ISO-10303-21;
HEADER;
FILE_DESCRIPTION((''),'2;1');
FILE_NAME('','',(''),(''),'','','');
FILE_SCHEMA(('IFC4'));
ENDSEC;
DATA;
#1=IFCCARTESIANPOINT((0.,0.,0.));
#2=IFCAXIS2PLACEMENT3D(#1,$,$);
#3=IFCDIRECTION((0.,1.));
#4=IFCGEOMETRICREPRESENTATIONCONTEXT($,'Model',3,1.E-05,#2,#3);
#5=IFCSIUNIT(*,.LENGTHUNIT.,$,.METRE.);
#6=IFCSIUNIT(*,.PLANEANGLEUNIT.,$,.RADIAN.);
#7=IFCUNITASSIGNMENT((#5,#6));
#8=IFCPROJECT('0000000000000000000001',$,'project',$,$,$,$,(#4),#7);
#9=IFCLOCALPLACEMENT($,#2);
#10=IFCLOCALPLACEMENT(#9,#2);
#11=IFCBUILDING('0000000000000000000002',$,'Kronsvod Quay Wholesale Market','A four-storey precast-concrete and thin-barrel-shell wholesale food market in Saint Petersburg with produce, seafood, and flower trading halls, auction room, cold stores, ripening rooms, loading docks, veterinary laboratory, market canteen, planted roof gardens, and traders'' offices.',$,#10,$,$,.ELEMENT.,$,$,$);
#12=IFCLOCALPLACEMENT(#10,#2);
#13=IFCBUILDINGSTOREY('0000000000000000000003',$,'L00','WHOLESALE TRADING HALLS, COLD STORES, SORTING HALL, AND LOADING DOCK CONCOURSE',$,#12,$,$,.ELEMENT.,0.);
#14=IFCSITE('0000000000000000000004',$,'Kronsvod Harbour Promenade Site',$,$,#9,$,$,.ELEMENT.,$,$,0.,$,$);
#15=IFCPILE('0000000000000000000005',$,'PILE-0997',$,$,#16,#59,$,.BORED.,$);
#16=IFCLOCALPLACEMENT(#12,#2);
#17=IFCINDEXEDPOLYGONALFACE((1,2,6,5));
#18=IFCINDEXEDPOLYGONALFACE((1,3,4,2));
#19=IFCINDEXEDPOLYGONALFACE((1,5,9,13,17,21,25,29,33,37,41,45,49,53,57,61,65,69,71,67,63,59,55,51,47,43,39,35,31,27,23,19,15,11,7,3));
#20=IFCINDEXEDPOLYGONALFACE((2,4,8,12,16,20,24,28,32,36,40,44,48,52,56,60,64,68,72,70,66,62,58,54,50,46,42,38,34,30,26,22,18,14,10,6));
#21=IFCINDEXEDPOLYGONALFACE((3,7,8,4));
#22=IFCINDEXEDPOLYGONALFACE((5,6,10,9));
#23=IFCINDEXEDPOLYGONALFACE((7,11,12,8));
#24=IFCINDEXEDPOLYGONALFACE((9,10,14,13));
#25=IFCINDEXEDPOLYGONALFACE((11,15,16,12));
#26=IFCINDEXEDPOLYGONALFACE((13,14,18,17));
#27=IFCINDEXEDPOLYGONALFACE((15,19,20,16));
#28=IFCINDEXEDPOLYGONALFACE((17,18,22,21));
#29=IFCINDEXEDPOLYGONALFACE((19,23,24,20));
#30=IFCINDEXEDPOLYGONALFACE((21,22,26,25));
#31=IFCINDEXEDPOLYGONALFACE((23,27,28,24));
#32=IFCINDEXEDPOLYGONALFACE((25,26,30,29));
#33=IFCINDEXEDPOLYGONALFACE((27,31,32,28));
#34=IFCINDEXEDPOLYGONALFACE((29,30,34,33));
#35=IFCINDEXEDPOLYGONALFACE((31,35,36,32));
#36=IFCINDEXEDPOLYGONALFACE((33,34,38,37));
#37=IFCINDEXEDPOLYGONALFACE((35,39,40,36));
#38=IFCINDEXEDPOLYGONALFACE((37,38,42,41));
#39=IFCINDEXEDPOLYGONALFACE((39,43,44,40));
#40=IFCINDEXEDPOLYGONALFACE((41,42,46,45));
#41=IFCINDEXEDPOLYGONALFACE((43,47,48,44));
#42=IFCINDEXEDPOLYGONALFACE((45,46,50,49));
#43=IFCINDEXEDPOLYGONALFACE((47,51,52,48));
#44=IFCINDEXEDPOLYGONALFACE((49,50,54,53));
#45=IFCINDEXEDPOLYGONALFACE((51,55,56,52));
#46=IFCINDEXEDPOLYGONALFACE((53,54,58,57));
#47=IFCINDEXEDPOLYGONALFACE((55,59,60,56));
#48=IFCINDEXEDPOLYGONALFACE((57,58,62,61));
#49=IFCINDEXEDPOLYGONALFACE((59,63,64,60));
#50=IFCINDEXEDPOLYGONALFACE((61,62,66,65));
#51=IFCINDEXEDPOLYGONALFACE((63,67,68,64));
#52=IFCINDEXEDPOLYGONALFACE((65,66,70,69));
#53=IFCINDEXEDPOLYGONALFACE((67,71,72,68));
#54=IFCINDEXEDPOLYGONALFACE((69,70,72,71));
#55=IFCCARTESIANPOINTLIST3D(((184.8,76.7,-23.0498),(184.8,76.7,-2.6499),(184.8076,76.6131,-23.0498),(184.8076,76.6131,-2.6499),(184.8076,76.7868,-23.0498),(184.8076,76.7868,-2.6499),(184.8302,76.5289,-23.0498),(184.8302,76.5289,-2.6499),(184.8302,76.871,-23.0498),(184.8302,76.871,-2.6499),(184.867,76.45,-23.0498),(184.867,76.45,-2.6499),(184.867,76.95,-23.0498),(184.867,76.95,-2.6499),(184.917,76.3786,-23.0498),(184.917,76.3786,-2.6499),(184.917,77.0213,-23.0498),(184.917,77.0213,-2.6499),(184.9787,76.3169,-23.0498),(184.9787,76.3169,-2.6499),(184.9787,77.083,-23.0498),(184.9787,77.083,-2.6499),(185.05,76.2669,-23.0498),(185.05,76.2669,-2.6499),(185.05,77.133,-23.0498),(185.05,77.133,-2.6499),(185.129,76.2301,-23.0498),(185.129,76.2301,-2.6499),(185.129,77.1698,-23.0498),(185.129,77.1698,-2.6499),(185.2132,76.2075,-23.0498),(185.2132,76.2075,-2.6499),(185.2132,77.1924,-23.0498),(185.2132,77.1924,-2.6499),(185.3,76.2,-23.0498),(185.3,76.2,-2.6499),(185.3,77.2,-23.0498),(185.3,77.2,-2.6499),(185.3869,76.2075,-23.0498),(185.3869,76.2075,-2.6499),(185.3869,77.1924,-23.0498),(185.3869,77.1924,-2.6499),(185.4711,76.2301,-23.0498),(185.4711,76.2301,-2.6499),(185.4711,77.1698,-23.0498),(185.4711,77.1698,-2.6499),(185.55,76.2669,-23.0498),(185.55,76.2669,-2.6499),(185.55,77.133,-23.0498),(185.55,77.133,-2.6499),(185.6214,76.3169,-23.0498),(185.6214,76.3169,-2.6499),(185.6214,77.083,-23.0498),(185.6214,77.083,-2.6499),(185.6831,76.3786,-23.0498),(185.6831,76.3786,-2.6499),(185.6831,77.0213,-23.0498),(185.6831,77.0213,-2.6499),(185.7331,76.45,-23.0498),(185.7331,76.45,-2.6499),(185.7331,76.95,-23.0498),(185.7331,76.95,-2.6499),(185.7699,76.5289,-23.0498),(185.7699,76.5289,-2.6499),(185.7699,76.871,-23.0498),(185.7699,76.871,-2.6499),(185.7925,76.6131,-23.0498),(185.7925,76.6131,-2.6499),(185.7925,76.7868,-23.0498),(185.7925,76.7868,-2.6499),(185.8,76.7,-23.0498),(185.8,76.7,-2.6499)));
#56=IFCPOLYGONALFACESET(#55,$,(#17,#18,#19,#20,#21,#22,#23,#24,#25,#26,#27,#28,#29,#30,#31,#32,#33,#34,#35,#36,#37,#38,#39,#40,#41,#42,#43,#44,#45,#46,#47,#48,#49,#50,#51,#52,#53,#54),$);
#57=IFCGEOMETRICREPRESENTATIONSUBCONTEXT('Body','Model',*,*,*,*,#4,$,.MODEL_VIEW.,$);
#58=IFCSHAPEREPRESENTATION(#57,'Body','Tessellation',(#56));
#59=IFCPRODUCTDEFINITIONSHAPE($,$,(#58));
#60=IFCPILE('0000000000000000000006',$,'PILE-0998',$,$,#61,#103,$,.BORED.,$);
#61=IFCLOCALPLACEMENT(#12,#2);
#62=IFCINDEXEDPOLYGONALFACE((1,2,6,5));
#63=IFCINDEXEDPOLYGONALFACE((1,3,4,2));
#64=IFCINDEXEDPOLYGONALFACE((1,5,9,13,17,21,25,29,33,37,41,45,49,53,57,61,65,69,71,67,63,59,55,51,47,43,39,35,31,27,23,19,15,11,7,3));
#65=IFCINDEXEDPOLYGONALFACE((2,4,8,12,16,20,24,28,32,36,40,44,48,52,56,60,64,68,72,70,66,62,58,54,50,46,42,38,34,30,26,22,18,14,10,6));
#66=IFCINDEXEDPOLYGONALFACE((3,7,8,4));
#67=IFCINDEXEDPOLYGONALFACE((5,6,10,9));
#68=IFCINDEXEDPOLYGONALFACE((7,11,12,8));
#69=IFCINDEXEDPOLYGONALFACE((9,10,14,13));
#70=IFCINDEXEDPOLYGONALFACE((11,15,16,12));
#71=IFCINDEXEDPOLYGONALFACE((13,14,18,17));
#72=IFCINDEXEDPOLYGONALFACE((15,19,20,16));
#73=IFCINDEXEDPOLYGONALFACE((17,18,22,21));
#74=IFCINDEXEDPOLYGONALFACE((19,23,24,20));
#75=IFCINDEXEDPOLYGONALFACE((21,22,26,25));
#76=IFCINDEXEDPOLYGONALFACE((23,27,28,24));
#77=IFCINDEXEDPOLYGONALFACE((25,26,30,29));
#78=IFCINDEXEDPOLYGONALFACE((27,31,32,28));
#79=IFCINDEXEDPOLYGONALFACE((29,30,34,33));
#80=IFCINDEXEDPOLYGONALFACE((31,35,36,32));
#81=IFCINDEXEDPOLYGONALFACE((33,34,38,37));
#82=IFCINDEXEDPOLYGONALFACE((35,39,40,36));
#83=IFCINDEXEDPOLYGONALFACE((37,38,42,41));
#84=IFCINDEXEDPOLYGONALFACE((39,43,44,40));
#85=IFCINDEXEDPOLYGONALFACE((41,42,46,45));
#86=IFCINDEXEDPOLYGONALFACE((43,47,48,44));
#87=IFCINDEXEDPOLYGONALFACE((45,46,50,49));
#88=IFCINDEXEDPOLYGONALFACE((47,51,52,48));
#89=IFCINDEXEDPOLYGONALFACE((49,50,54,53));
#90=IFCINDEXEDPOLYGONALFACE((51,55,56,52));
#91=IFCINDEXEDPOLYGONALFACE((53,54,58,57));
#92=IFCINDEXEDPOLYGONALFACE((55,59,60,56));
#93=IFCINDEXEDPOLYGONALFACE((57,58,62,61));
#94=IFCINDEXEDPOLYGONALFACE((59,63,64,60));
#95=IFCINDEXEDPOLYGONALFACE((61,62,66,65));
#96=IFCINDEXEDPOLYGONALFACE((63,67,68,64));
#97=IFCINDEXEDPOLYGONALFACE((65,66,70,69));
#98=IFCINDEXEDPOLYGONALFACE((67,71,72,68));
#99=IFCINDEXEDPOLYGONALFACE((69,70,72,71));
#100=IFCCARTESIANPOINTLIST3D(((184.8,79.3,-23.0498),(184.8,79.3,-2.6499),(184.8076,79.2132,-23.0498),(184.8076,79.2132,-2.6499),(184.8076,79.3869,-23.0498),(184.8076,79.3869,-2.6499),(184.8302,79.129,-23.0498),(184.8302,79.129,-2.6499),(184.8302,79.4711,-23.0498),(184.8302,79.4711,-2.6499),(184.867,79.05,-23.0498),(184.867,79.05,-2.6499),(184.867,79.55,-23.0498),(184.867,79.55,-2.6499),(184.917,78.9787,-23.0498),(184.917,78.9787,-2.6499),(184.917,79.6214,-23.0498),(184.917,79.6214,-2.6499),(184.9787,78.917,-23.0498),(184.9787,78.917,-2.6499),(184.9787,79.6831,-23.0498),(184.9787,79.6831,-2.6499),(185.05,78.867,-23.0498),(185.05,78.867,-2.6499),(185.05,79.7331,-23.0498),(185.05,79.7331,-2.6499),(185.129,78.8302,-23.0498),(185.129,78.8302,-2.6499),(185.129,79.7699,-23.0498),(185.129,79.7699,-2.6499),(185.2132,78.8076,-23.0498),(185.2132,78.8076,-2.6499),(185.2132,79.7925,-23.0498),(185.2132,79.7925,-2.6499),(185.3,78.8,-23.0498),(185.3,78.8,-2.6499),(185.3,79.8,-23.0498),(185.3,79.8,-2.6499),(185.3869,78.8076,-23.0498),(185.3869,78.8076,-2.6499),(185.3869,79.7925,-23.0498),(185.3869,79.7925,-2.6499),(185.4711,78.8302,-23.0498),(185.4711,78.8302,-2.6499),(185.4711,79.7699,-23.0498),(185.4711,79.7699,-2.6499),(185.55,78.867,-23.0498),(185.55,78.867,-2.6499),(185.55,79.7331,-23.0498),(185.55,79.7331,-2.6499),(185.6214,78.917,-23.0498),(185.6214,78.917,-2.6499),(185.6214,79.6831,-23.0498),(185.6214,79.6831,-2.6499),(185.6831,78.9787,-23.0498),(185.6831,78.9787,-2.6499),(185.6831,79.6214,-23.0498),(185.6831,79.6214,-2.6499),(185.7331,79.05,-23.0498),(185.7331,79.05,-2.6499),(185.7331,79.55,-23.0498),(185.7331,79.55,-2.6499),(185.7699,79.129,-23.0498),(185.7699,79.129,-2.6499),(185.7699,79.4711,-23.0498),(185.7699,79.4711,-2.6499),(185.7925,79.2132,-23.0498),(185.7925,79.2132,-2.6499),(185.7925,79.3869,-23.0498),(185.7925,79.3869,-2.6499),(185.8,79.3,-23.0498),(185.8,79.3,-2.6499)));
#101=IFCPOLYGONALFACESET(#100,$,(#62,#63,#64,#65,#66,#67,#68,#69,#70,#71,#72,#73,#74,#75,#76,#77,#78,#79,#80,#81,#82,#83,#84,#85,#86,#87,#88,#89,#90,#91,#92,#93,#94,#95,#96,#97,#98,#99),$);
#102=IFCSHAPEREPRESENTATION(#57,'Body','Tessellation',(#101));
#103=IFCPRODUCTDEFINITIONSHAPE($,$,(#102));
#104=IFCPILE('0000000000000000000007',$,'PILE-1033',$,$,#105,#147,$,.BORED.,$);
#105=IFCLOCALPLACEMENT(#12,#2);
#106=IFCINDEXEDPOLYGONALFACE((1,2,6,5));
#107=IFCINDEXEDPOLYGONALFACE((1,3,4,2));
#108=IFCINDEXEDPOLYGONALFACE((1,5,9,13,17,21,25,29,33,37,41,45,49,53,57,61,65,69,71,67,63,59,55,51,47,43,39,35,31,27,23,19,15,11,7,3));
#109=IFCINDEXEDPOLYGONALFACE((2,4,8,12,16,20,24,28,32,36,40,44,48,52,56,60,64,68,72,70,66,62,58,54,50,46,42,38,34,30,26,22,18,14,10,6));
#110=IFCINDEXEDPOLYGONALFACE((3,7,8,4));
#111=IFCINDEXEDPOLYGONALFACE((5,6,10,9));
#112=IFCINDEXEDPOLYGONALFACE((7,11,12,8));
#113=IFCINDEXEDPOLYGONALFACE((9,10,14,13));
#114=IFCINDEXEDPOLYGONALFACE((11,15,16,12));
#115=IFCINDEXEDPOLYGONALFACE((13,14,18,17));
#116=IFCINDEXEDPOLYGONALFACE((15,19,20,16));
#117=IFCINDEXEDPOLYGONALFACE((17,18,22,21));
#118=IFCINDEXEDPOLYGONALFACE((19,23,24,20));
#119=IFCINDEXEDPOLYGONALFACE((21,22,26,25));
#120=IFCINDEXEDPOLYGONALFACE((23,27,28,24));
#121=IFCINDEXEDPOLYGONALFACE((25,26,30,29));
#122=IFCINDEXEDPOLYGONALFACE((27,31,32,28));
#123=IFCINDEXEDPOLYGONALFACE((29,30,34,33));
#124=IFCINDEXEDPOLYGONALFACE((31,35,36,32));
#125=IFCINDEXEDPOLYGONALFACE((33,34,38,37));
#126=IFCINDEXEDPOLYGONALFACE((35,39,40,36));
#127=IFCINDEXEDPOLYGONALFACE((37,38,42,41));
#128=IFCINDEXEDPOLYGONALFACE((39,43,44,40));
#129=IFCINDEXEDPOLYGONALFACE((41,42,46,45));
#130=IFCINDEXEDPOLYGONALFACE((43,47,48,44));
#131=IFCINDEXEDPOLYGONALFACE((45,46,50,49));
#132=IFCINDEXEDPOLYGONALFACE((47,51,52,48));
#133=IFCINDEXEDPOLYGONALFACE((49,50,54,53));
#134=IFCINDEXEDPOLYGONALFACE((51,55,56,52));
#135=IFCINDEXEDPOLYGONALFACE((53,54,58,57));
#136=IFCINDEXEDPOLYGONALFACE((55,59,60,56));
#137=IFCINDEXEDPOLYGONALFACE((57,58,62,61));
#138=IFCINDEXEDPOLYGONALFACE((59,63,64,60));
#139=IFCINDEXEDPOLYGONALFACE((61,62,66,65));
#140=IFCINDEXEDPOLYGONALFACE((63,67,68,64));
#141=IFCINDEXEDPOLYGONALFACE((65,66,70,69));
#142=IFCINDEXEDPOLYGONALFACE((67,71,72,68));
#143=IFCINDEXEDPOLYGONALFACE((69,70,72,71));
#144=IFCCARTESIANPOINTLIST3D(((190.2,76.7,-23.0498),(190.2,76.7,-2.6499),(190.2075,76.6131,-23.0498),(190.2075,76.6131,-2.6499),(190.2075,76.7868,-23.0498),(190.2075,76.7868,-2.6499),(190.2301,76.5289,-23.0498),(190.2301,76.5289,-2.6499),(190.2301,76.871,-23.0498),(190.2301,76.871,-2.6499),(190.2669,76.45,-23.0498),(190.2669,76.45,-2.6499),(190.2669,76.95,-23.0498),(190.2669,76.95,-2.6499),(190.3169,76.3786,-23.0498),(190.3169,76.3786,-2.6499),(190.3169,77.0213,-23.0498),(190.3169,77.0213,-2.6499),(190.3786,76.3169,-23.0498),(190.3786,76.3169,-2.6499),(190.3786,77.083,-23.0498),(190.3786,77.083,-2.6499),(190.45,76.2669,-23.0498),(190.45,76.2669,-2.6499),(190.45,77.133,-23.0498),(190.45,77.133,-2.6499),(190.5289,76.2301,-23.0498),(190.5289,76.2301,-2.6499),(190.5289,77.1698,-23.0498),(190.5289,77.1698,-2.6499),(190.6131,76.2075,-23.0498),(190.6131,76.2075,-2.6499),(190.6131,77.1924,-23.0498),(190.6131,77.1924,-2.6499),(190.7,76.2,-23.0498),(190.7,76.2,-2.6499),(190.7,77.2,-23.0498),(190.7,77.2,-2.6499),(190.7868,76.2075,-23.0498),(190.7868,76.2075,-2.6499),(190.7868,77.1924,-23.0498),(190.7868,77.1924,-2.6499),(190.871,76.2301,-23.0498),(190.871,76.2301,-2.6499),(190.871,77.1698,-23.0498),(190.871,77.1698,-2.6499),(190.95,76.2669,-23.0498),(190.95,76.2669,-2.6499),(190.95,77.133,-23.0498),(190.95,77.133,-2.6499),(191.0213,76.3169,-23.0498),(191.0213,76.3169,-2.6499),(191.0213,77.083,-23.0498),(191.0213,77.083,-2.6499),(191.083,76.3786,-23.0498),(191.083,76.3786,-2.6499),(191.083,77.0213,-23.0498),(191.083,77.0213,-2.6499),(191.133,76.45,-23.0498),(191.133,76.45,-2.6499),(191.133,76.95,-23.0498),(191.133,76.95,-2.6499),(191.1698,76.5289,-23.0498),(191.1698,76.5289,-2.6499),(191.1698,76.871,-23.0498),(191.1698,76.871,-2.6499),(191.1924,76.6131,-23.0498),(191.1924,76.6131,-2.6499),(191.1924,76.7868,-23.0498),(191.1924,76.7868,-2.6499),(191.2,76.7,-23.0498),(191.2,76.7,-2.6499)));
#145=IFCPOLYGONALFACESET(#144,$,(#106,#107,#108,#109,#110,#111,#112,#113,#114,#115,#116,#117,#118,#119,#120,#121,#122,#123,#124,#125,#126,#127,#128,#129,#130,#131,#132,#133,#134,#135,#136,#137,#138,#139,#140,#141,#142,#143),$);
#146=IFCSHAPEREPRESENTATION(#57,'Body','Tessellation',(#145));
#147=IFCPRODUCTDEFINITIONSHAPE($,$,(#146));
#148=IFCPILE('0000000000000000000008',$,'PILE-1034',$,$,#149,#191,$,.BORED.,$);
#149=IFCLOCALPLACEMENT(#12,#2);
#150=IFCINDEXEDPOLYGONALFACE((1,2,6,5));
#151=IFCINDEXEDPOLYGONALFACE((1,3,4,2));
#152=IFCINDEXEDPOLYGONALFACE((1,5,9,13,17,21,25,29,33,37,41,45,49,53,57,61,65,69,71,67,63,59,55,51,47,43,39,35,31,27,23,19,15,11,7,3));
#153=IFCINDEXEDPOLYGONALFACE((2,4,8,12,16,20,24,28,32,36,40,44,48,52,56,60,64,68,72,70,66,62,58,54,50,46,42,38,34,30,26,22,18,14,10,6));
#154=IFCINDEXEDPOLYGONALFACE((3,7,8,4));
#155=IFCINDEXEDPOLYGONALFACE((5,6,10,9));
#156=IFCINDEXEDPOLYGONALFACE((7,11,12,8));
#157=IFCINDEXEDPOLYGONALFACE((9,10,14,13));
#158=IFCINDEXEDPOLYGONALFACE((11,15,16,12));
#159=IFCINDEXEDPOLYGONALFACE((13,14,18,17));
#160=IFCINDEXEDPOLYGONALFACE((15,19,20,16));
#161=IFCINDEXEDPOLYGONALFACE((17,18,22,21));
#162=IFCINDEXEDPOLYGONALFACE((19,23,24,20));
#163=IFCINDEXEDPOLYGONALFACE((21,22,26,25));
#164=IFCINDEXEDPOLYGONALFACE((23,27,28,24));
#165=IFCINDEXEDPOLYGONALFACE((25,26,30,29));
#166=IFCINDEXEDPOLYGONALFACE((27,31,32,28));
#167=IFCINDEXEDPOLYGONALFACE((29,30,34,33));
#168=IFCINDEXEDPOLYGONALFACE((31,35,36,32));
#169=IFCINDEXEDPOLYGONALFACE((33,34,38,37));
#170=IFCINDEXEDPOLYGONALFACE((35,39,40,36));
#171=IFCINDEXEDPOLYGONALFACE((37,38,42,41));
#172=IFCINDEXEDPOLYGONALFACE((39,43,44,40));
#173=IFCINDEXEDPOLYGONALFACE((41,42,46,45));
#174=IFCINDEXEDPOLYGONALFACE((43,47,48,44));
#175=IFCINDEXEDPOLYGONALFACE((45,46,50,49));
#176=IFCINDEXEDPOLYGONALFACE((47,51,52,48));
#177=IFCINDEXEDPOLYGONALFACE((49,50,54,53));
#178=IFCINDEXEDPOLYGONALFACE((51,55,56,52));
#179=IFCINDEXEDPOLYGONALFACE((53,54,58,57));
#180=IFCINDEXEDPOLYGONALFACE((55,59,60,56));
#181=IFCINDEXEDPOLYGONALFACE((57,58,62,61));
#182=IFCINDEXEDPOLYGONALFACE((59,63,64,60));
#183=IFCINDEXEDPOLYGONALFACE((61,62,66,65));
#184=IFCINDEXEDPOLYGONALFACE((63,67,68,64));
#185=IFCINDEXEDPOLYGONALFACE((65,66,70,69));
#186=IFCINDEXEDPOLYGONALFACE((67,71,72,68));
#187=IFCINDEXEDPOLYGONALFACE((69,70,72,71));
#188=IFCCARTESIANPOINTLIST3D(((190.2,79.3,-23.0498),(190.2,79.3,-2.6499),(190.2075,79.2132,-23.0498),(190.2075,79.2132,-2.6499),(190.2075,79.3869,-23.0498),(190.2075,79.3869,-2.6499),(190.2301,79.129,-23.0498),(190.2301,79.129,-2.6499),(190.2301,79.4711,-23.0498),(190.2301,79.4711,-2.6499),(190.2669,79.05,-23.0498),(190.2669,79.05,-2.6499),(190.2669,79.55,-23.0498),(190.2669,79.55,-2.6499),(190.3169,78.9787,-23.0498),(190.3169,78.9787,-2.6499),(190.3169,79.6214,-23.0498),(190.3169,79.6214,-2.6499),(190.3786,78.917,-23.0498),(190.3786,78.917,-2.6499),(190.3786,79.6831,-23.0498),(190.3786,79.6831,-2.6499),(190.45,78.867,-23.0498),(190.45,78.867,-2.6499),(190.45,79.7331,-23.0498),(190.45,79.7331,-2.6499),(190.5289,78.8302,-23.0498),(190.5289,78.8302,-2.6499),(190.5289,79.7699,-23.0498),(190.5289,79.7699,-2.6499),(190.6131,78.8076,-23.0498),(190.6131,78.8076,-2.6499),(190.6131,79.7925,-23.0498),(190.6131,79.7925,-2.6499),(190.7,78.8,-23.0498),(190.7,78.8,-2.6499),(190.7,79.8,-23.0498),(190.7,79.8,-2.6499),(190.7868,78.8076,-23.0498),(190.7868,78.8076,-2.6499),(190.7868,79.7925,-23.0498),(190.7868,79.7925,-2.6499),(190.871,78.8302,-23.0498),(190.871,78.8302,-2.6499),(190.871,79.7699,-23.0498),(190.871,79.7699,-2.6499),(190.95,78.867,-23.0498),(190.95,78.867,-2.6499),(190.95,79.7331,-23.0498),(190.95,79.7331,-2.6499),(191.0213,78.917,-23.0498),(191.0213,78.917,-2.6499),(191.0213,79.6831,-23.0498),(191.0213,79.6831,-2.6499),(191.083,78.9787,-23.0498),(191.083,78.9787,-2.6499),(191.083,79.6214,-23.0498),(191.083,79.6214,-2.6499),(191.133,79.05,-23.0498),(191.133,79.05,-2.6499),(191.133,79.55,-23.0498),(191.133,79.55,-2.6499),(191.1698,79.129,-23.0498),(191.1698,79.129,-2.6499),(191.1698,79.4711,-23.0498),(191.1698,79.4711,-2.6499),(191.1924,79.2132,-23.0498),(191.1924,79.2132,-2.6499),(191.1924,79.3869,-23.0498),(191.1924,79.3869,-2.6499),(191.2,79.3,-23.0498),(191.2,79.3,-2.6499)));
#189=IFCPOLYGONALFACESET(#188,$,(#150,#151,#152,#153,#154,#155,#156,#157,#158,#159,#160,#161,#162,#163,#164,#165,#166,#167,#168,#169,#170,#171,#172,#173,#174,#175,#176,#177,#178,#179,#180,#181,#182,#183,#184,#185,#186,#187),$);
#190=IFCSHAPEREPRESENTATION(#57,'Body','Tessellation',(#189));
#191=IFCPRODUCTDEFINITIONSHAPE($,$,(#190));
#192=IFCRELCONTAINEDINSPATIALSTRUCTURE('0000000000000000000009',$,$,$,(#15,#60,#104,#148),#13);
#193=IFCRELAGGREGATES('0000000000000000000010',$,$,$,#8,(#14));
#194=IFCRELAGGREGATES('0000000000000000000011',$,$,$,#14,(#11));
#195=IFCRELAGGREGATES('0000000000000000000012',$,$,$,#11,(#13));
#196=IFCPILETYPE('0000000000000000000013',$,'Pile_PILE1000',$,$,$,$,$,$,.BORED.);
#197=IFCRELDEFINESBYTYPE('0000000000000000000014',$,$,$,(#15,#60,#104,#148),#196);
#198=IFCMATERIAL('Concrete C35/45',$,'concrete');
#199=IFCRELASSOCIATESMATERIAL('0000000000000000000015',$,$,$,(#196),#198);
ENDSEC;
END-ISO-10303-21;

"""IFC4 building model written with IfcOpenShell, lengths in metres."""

from ifc_helpers import new_model, si_unit, direction, frame, origin, origin_2d, place, context, subcontext, project, spatial, circle, extrude, material, material_profile, profile_set, type_object, element, save


model = new_model("IFC4")

# Units and contexts
model_context = context("Model", 3, precision=1e-05, world=origin(), true_north=direction((0.0, 1.0)))
body_context = subcontext(model_context, "Body", "Model", "MODEL_VIEW")
ifc_project = project(units=[si_unit("LENGTHUNIT", "METRE"), si_unit("PLANEANGLEUNIT", "RADIAN")], contexts=[model_context])

# Site, building, storey
site_placement = place(None, origin())
site = spatial("IfcSite", under=ifc_project, at=site_placement, Name="Kronsvod Harbour Promenade Site", CompositionType="ELEMENT", RefElevation=0.0)
building_placement = place(site_placement, origin())
building = spatial("IfcBuilding", under=site, at=building_placement, Name="Kronsvod Quay Wholesale Market", Description="A four-storey precast-concrete and thin-barrel-shell wholesale food market in Saint Petersburg with produce, seafood, and flower trading halls, auction room, cold stores, ripening rooms, loading docks, veterinary laboratory, market canteen, planted roof gardens, and traders' offices.", CompositionType="ELEMENT")
storey_placement = place(building_placement, origin())
storey = spatial("IfcBuildingStorey", under=building, at=storey_placement, Name="L00", Description="WHOLESALE TRADING HALLS, COLD STORES, SORTING HALL, AND LOADING DOCK CONCOURSE", CompositionType="ELEMENT", Elevation=0.0)

# Piles
ifc_material_1 = material(Name="Concrete C35/45", Category="concrete")
ifc_material_profile_1 = material_profile(ifc_material_1, circle(Radius=0.5, at=origin_2d()), Name="PILE1000")
ifc_profile_set_1 = profile_set([ifc_material_profile_1], Name="Concrete C35/45")
pile_type_1 = type_object("IfcPileType", Name="Pile_PILE1000", PredefinedType="BORED", material=ifc_profile_set_1)
for number, where, z_axis, x_axis, name in (
    (1, (185.3, 76.7, -2.6499), (0.0, 0.0, -1.0), (1.0, 0.0, 0.0), "PILE-0997"),
    (2, (185.3, 79.3, -2.6499), (0.0, 0.0, -1.0), (1.0, 0.0, 0.0), "PILE-0998"),
    (3, (190.7, 76.7, -2.6499), (0.0, 0.0, -1.0), (1.0, 0.0, 0.0), "PILE-1033"),
    (4, (190.7, 79.3, -2.6499), (0.0, 0.0, -1.0), (1.0, 0.0, 0.0), "PILE-1034"),
):
    element("IfcPile", number, at=place(storey_placement, frame(where, z_axis=z_axis, x_axis=x_axis)), inside=storey, type_object=pile_type_1, Name=name, PredefinedType="BORED", context=body_context, shape_type="SweptSolid", body=[
        extrude(circle(Radius=0.5, at=origin_2d()), origin(), (0.0, 0.0, 1.0), 20.3999),
    ])

save(model, "model.ifc")
